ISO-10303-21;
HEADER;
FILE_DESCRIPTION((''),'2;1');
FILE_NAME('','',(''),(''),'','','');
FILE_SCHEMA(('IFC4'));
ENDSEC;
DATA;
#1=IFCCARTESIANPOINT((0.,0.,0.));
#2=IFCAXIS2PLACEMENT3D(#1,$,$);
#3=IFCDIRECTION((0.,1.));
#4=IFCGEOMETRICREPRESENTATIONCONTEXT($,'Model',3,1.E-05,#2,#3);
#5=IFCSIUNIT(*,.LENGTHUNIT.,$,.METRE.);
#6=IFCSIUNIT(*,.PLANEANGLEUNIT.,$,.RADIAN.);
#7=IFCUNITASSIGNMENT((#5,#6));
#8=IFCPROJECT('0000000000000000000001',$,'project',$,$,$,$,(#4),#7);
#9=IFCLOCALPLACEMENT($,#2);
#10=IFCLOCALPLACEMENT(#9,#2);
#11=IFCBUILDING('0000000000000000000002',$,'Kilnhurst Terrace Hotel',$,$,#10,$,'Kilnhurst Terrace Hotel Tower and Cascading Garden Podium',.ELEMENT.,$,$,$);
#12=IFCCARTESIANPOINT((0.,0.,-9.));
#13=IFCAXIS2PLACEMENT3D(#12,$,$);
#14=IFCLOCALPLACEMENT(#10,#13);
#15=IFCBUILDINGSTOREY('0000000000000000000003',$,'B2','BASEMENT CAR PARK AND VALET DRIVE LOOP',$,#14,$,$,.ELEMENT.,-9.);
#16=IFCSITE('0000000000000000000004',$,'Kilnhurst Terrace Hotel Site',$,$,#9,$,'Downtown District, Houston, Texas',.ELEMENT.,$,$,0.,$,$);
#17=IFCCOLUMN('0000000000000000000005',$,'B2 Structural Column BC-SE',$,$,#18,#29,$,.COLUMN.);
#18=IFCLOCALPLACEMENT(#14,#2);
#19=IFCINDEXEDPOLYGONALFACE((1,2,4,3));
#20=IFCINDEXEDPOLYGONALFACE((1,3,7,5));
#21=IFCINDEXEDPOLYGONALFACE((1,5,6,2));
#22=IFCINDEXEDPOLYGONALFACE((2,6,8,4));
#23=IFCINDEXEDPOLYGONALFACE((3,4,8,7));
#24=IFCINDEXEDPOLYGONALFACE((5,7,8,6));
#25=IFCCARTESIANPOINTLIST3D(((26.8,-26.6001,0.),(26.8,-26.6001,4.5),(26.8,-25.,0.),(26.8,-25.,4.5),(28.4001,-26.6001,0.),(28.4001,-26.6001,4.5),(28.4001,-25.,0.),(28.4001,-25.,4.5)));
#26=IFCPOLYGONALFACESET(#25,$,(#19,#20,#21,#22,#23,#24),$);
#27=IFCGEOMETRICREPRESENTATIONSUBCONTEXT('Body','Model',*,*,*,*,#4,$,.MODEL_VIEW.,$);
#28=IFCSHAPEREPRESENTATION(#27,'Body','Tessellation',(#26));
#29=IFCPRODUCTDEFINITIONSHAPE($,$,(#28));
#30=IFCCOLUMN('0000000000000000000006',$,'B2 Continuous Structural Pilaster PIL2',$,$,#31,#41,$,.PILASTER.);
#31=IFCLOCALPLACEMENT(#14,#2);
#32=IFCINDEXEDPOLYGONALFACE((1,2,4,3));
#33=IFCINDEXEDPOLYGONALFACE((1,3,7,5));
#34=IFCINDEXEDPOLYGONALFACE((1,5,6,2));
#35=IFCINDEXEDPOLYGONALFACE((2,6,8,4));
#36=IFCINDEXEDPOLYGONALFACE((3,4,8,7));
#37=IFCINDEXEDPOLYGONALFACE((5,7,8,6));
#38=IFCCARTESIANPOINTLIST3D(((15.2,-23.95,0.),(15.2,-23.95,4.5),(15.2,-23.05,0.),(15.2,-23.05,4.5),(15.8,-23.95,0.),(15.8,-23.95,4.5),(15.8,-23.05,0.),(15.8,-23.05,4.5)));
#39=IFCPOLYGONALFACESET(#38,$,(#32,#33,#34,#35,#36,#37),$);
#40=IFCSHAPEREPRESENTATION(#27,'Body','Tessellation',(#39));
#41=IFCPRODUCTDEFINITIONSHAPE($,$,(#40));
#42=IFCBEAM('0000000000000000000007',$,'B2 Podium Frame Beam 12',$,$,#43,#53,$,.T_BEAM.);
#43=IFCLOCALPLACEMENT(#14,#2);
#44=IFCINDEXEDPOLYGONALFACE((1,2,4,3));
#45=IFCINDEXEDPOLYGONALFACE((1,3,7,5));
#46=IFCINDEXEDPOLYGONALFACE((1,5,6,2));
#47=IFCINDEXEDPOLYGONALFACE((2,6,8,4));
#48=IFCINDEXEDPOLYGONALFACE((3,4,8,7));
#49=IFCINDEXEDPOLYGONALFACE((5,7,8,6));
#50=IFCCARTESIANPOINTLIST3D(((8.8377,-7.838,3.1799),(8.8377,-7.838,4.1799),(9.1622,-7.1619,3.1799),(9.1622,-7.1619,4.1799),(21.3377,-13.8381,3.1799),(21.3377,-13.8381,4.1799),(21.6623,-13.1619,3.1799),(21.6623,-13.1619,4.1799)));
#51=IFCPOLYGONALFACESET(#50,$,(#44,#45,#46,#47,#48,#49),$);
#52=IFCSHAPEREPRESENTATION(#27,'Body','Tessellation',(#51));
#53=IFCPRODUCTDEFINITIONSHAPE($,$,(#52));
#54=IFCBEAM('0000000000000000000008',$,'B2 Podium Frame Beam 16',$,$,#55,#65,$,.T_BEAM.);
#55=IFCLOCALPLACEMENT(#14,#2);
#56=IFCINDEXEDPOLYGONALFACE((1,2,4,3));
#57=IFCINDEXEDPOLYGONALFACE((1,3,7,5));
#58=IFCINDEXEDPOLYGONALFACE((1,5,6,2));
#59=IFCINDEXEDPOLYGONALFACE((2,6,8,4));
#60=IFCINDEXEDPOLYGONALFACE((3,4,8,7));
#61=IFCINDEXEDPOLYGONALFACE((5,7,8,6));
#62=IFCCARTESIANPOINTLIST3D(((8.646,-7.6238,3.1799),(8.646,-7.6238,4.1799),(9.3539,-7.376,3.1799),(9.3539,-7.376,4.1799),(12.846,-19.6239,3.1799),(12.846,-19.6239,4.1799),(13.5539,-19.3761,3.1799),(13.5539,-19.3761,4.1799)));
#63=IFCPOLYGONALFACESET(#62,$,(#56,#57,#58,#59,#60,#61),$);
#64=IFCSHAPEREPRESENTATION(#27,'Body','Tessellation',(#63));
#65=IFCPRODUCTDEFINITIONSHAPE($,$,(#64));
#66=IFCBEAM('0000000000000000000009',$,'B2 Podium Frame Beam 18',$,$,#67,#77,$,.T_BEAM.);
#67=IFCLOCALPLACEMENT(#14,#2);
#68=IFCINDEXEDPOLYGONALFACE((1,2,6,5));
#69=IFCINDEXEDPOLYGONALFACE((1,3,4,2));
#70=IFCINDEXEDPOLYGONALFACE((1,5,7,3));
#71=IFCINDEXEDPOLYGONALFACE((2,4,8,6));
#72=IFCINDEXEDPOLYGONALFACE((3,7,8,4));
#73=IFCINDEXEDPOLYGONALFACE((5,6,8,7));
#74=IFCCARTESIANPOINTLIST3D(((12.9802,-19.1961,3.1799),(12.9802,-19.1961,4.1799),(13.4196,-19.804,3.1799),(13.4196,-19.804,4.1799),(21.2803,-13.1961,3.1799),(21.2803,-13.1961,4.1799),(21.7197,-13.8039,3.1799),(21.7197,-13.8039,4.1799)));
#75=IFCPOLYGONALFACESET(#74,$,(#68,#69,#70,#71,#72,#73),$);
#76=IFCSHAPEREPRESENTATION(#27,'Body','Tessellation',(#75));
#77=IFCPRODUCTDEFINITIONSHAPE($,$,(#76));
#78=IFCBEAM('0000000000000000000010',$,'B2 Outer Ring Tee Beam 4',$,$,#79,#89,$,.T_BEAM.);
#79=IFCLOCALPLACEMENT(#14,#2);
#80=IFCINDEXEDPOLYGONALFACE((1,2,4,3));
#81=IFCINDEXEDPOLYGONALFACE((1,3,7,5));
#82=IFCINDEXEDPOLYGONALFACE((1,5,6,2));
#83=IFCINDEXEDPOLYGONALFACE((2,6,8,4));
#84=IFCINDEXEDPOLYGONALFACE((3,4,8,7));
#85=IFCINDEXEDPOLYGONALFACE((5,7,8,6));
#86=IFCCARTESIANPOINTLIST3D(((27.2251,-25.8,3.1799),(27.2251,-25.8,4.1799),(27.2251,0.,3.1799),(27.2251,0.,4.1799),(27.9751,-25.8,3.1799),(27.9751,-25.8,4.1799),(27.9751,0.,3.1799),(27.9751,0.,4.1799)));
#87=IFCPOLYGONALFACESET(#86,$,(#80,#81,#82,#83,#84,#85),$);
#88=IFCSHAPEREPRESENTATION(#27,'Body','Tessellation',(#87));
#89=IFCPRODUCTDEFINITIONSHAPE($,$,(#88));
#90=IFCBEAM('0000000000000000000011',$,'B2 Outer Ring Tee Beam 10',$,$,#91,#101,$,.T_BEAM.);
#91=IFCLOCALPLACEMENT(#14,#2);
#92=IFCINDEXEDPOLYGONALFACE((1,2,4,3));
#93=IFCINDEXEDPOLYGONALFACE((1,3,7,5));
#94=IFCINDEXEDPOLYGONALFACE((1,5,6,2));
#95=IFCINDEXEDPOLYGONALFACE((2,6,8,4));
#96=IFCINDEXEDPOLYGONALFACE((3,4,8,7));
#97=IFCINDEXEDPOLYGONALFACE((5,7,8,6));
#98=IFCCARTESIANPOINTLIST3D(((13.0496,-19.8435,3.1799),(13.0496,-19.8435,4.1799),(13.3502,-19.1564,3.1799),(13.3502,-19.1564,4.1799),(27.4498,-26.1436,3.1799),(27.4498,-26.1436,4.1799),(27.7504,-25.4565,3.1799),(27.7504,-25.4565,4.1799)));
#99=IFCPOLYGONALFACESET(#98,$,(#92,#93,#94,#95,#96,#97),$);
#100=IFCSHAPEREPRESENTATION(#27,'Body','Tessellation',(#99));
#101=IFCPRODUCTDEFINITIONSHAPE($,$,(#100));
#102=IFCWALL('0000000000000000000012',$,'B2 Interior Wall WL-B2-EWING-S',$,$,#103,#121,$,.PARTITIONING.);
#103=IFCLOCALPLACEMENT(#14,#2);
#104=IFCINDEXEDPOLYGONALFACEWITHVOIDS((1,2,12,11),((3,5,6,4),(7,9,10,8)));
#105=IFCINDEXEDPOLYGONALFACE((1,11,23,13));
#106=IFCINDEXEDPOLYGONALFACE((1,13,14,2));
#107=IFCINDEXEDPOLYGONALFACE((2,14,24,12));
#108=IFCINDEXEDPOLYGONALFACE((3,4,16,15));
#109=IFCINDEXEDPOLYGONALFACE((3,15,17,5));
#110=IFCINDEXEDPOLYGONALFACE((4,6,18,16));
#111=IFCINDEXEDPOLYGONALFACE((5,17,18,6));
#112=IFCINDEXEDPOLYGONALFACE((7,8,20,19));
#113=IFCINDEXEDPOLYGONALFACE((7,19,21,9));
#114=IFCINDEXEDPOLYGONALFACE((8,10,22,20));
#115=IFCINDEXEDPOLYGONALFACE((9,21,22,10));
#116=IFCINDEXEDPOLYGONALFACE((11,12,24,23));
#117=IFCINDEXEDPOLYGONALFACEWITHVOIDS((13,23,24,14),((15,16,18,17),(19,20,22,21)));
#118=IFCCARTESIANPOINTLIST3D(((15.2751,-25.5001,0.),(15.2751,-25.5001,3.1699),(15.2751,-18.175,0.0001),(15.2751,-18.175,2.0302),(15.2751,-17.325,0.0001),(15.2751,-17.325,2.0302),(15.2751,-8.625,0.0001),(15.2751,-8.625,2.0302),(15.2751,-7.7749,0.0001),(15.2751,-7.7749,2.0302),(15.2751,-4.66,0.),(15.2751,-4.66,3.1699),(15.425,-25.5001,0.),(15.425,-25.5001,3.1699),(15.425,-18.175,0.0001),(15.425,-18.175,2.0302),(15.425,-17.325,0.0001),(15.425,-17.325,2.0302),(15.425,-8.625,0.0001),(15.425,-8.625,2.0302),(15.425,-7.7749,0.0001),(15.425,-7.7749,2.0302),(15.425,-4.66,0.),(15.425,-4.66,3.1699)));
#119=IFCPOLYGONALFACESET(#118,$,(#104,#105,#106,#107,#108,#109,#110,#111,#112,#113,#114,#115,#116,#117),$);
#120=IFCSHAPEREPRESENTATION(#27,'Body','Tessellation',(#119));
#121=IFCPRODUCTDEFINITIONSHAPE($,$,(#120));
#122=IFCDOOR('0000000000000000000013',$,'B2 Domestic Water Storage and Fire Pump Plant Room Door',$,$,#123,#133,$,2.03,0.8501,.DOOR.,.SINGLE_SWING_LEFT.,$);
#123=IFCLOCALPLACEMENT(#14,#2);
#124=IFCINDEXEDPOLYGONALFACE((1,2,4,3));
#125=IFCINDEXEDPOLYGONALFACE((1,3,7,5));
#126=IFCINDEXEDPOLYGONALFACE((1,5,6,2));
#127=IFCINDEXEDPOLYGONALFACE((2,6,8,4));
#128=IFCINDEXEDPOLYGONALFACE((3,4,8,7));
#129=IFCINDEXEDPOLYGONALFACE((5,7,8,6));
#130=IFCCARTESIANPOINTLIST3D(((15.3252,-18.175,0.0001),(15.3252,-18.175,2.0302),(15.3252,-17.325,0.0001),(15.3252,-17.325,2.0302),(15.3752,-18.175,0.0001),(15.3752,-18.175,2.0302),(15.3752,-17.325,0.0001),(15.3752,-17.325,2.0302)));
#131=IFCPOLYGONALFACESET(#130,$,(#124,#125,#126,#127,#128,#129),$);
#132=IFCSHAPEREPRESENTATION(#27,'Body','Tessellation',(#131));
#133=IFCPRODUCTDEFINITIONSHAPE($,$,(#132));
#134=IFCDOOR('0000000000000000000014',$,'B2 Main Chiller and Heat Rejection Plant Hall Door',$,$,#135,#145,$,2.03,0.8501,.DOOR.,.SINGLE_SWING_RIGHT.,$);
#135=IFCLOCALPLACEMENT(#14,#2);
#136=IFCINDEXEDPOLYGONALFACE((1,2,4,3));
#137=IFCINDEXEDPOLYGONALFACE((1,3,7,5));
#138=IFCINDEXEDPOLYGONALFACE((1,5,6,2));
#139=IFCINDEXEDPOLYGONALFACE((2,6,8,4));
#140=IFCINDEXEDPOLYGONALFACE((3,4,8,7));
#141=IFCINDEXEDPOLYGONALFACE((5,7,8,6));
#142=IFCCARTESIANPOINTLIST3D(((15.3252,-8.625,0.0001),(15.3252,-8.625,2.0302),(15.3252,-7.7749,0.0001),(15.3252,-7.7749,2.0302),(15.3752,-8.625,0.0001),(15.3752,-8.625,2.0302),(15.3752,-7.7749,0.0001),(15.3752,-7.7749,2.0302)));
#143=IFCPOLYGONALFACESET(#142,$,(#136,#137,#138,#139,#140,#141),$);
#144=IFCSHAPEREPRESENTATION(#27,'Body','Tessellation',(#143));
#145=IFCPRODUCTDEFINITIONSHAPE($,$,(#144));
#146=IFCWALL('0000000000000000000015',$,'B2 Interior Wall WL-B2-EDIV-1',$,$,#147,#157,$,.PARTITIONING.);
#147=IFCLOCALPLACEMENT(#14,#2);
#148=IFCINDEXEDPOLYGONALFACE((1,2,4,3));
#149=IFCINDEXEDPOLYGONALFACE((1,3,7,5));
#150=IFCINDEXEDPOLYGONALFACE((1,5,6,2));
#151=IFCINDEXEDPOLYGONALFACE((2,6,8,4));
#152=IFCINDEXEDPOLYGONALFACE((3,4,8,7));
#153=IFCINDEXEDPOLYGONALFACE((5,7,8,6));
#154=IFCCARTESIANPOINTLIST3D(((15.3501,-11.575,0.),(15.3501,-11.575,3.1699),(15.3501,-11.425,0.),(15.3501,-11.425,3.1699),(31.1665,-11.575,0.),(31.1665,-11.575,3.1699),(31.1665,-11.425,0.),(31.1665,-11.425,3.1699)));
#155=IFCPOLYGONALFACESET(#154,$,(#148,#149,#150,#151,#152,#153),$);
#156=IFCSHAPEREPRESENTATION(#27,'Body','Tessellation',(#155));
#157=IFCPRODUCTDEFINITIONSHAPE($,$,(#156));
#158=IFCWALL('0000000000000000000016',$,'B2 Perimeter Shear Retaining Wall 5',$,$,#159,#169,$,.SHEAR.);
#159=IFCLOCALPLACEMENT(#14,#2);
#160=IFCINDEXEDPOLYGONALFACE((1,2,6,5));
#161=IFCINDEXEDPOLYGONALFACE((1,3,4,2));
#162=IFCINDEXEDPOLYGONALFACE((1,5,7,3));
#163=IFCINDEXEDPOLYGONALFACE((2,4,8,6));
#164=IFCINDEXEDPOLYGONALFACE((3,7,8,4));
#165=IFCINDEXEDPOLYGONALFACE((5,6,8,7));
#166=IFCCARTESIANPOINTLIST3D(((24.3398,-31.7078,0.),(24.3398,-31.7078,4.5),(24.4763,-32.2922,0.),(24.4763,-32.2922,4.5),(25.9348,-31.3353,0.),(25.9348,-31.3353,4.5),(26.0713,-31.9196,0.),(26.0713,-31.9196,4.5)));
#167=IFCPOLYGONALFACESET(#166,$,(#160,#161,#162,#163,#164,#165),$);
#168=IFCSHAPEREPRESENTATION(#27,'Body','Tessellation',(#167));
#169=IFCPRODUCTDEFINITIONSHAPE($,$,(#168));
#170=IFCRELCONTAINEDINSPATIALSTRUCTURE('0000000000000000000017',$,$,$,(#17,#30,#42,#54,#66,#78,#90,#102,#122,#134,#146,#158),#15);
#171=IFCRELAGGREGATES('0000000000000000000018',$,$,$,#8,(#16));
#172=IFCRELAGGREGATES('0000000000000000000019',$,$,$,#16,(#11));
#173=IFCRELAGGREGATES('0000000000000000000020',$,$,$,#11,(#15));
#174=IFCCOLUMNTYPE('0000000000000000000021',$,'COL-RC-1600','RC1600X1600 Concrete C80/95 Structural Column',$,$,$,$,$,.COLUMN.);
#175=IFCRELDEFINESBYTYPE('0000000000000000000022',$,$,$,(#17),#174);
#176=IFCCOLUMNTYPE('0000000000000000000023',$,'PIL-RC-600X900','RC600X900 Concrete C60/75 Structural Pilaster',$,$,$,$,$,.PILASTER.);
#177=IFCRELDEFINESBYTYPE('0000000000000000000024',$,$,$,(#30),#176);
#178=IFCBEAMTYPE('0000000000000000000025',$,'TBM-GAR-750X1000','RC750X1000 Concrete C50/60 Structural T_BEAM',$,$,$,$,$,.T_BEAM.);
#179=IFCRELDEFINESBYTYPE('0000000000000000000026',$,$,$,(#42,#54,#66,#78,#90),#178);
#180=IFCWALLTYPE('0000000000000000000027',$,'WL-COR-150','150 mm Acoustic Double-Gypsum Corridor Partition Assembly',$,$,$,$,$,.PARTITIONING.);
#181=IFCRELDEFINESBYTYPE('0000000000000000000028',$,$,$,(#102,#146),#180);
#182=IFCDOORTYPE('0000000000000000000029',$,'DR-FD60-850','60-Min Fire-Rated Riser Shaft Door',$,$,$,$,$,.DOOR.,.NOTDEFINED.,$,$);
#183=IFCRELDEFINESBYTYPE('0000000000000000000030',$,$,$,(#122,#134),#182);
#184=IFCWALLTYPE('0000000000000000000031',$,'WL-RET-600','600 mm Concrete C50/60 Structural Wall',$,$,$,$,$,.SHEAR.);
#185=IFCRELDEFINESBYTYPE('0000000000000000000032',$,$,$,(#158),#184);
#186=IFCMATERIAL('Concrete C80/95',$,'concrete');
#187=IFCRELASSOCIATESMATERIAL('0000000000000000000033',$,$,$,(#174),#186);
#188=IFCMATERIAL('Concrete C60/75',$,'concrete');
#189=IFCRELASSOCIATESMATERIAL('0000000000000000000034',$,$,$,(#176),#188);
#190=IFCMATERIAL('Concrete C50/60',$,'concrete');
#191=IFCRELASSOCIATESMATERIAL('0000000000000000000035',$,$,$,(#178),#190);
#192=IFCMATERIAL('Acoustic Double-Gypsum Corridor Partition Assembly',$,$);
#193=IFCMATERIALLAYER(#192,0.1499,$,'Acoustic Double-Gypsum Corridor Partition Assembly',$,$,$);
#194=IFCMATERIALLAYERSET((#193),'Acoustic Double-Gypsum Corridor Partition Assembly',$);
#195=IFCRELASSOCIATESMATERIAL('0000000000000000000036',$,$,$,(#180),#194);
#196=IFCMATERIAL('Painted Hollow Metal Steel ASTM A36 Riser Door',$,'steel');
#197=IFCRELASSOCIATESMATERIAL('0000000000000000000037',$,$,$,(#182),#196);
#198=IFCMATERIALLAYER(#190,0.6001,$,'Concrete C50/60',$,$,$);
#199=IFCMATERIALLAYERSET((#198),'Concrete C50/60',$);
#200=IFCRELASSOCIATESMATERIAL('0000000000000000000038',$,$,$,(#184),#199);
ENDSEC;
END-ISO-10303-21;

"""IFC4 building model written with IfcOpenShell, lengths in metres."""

from ifc_helpers import new_model, si_unit, direction, frame, frame_2d, origin, origin_2d, place, context, subcontext, project, spatial, rectangle, extrude, material, layer, layer_set, material_profile, profile_set, type_object, element, fill, save


model = new_model("IFC4")

# Units and contexts
model_context = context("Model", 3, precision=1e-05, world=origin(), true_north=direction((0.0, 1.0)))
body_context = subcontext(model_context, "Body", "Model", "MODEL_VIEW")
ifc_project = project(units=[si_unit("LENGTHUNIT", "METRE"), si_unit("PLANEANGLEUNIT", "RADIAN")], contexts=[model_context])

# Site, building, storey
site_placement = place(None, origin())
site = spatial("IfcSite", under=ifc_project, at=site_placement, Name="Kilnhurst Terrace Hotel Site", LongName="Downtown District, Houston, Texas", CompositionType="ELEMENT", RefElevation=0.0)
building_placement = place(site_placement, origin())
building = spatial("IfcBuilding", under=site, at=building_placement, Name="Kilnhurst Terrace Hotel", LongName="Kilnhurst Terrace Hotel Tower and Cascading Garden Podium", CompositionType="ELEMENT")
storey_placement = place(building_placement, frame((0.0, 0.0, -9.0)))
storey = spatial("IfcBuildingStorey", under=building, at=storey_placement, Name="B2", Description="BASEMENT CAR PARK AND VALET DRIVE LOOP", CompositionType="ELEMENT", Elevation=-9.0)

# Shared definitions
ifc_material_1 = material(Name="Concrete C50/60", Category="concrete")

# Columns
ifc_material_2 = material(Name="Concrete C80/95", Category="concrete")
ifc_material_profile_1 = material_profile(ifc_material_2, rectangle(XDim=1.6001, YDim=1.6001, at=origin_2d()), Name="RC1600X1600")
ifc_profile_set_1 = profile_set([ifc_material_profile_1], Name="Concrete C80/95")
column_type_1 = type_object("IfcColumnType", Name="COL-RC-1600", Description="RC1600X1600 Concrete C80/95 Structural Column", PredefinedType="COLUMN", material=ifc_profile_set_1)
for number, where, z_axis, x_axis, name in (
    (1, (27.6001, -25.8, 0.0), (0.0, 0.0, 1.0), (1.0, 0.0, 0.0), "B2 Structural Column BC-SE"),
):
    element("IfcColumn", number, at=place(storey_placement, frame(where, z_axis=z_axis, x_axis=x_axis)), inside=storey, type_object=column_type_1, Name=name, PredefinedType="COLUMN", context=body_context, shape_type="SweptSolid", body=[
        extrude(rectangle(XDim=1.6001, YDim=1.6001, at=origin_2d()), origin(), (0.0, 0.0, 1.0), 4.5),
    ])
ifc_material_3 = material(Name="Concrete C60/75", Category="concrete")
ifc_material_profile_2 = material_profile(ifc_material_3, rectangle(XDim=0.6001, YDim=0.8999, at=origin_2d()), Name="RC600X900")
ifc_profile_set_2 = profile_set([ifc_material_profile_2], Name="Concrete C60/75")
column_type_2 = type_object("IfcColumnType", Name="PIL-RC-600X900", Description="RC600X900 Concrete C60/75 Structural Pilaster", PredefinedType="PILASTER", material=ifc_profile_set_2)
column_placement = place(storey_placement, frame((15.5, -23.5, 0.0), z_axis=(0.0, 0.0, 1.0), x_axis=(1.0, 0.0, 0.0)))
element("IfcColumn", 2, at=column_placement, inside=storey, type_object=column_type_2, Name="B2 Continuous Structural Pilaster PIL2", PredefinedType="PILASTER", context=body_context, shape_type="SweptSolid", body=[
    extrude(rectangle(XDim=0.6001, YDim=0.8999, at=origin_2d()), origin(), (0.0, 0.0, 1.0), 4.5),
])

# Beams
ifc_material_profile_3 = material_profile(ifc_material_1, rectangle(XDim=0.75, YDim=1.0, at=origin_2d()), Name="RC750X1000")
ifc_profile_set_3 = profile_set([ifc_material_profile_3], Name="Concrete C50/60")
beam_type = type_object("IfcBeamType", Name="TBM-GAR-750X1000", Description="RC750X1000 Concrete C50/60 Structural T_BEAM", PredefinedType="T_BEAM", material=ifc_profile_set_3)
beam_1_placement = place(storey_placement, frame((21.5, -13.5, 3.6799), z_axis=(-0.901523, 0.432731, 0.0), x_axis=(-0.432731, -0.901523, 0.0)))
element("IfcBeam", 3, at=beam_1_placement, inside=storey, type_object=beam_type, Name="B2 Podium Frame Beam 12", PredefinedType="T_BEAM", context=body_context, shape_type="SweptSolid", body=[
    extrude(rectangle(XDim=0.75, YDim=1.0, at=origin_2d()), origin(), (0.0, 0.0, 1.0), 13.8655),
])
beam_2_placement = place(storey_placement, frame((13.2, -19.5, 3.6799), z_axis=(-0.330347, 0.94386, 0.0), x_axis=(-0.94386, -0.330347, 0.0)))
element("IfcBeam", 4, at=beam_2_placement, inside=storey, type_object=beam_type, Name="B2 Podium Frame Beam 16", PredefinedType="T_BEAM", context=body_context, shape_type="SweptSolid", body=[
    extrude(rectangle(XDim=0.75, YDim=1.0, at=origin_2d()), origin(), (0.0, 0.0, 1.0), 12.7139),
])
beam_3_placement = place(storey_placement, frame((21.5, -13.5, 3.6799), z_axis=(-0.810423, -0.585845, 0.0), x_axis=(0.585845, -0.810423, 0.0)))
element("IfcBeam", 5, at=beam_3_placement, inside=storey, type_object=beam_type, Name="B2 Podium Frame Beam 18", PredefinedType="T_BEAM", context=body_context, shape_type="SweptSolid", body=[
    extrude(rectangle(XDim=0.75, YDim=1.0, at=origin_2d()), origin(), (0.0, 0.0, 1.0), 10.2417),
])
beam_4_placement = place(storey_placement, frame((27.6001, -25.8, 3.6799), z_axis=(0.0, 1.0, 0.0), x_axis=(-1.0, 0.0, 0.0)))
element("IfcBeam", 6, at=beam_4_placement, inside=storey, type_object=beam_type, Name="B2 Outer Ring Tee Beam 4", PredefinedType="T_BEAM", context=body_context, shape_type="SweptSolid", body=[
    extrude(rectangle(XDim=0.75, YDim=1.0, at=origin_2d()), origin(), (0.0, 0.0, 1.0), 25.8),
])
beam_5_placement = place(storey_placement, frame((27.6001, -25.8, 3.6799), z_axis=(-0.916158, 0.400818, 0.0), x_axis=(-0.400818, -0.916158, 0.0)))
element("IfcBeam", 7, at=beam_5_placement, inside=storey, type_object=beam_type, Name="B2 Outer Ring Tee Beam 10", PredefinedType="T_BEAM", context=body_context, shape_type="SweptSolid", body=[
    extrude(rectangle(XDim=0.75, YDim=1.0, at=origin_2d()), origin(), (0.0, 0.0, 1.0), 15.718),
])

# Wall, openings, doors
ifc_material_4 = material(Name="Acoustic Double-Gypsum Corridor Partition Assembly")
ifc_layer_1 = layer(ifc_material_4, 0.1499, Name="Acoustic Double-Gypsum Corridor Partition Assembly")
ifc_layer_set_1 = layer_set([ifc_layer_1], Name="Acoustic Double-Gypsum Corridor Partition Assembly")
wall_type_1 = type_object("IfcWallType", Name="WL-COR-150", Description="150 mm Acoustic Double-Gypsum Corridor Partition Assembly", PredefinedType="PARTITIONING", material=ifc_layer_set_1)
wall_1_placement = place(storey_placement, frame((15.3501, -25.5, 0.0), z_axis=(0.0, 0.0, 1.0), x_axis=(0.0, 1.0, 0.0)))
wall_1 = element("IfcWall", 8, at=wall_1_placement, inside=storey, type_object=wall_type_1, Name="B2 Interior Wall WL-B2-EWING-S", PredefinedType="PARTITIONING", context=body_context, shape_type="SweptSolid", body=[
    extrude(rectangle(XDim=20.8401, YDim=0.1499, at=frame_2d((10.4199, 0.0))), origin(), (0.0, 0.0, 1.0), 3.1699),
])
opening_1_placement = place(wall_1_placement, frame((7.325, 0.0, 0.0)))
opening_1 = element("IfcOpeningElement", 9, at=opening_1_placement, cuts=wall_1, PredefinedType="OPENING", context=body_context, shape_type="SweptSolid", body=[
    extrude(rectangle(XDim=0.8501, YDim=2.03, at=frame_2d((0.425, 1.0151))), frame((0.0, 0.085, 0.0), z_axis=(0.0, -1.0, 0.0), x_axis=(1.0, 0.0, 0.0)), (0.0, 0.0, 1.0), 0.1699),
])
opening_2_placement = place(wall_1_placement, frame((16.875, 0.0, 0.0)))
opening_2 = element("IfcOpeningElement", 10, at=opening_2_placement, cuts=wall_1, PredefinedType="OPENING", context=body_context, shape_type="SweptSolid", body=[
    extrude(rectangle(XDim=0.8501, YDim=2.03, at=frame_2d((0.425, 1.0151))), frame((0.0, 0.085, 0.0), z_axis=(0.0, -1.0, 0.0), x_axis=(1.0, 0.0, 0.0)), (0.0, 0.0, 1.0), 0.1699),
])
ifc_material_5 = material(Name="Painted Hollow Metal Steel ASTM A36 Riser Door", Category="steel")
door_type = type_object("IfcDoorType", Name="DR-FD60-850", Description="60-Min Fire-Rated Riser Shaft Door", OperationType="NOTDEFINED", PredefinedType="DOOR", material=ifc_material_5)
door_1_placement = place(opening_1_placement, origin())
door_1 = element("IfcDoor", 11, at=door_1_placement, inside=storey, type_object=door_type, Name="B2 Domestic Water Storage and Fire Pump Plant Room Door", OperationType="SINGLE_SWING_LEFT", OverallHeight=2.03, OverallWidth=0.8501, PredefinedType="DOOR", context=body_context, shape_type="SweptSolid", body=[
    extrude(rectangle(XDim=0.8501, YDim=2.03, at=frame_2d((0.425, 1.0151))), frame((0.0, 0.0249, 0.0), z_axis=(0.0, -1.0, 0.0), x_axis=(1.0, 0.0, 0.0)), (0.0, 0.0, 1.0), 0.05),
])
fill(opening_1, door_1)
door_2_placement = place(opening_2_placement, origin())
door_2 = element("IfcDoor", 12, at=door_2_placement, inside=storey, type_object=door_type, Name="B2 Main Chiller and Heat Rejection Plant Hall Door", OperationType="SINGLE_SWING_RIGHT", OverallHeight=2.03, OverallWidth=0.8501, PredefinedType="DOOR", context=body_context, shape_type="SweptSolid", body=[
    extrude(rectangle(XDim=0.8501, YDim=2.03, at=frame_2d((0.425, 1.0151))), frame((0.0, 0.0249, 0.0), z_axis=(0.0, -1.0, 0.0), x_axis=(1.0, 0.0, 0.0)), (0.0, 0.0, 1.0), 0.05),
])
fill(opening_2, door_2)

# Walls
wall_2_placement = place(storey_placement, frame((15.3501, -11.5, 0.0), z_axis=(0.0, 0.0, 1.0), x_axis=(1.0, 0.0, 0.0)))
element("IfcWall", 13, at=wall_2_placement, inside=storey, type_object=wall_type_1, Name="B2 Interior Wall WL-B2-EDIV-1", PredefinedType="PARTITIONING", context=body_context, shape_type="SweptSolid", body=[
    extrude(rectangle(XDim=15.8164, YDim=0.1499, at=frame_2d((7.9082, 0.0))), origin(), (0.0, 0.0, 1.0), 3.1699),
])
ifc_layer_2 = layer(ifc_material_1, 0.6001, Name="Concrete C50/60")
ifc_layer_set_2 = layer_set([ifc_layer_2], Name="Concrete C50/60")
wall_type_2 = type_object("IfcWallType", Name="WL-RET-600", Description="600 mm Concrete C50/60 Structural Wall", PredefinedType="SHEAR", material=ifc_layer_set_2)
wall_3_placement = place(storey_placement, frame((24.4082, -32.0, 0.0), z_axis=(0.0, 0.0, 1.0), x_axis=(0.973787, 0.22746, 0.0)))
element("IfcWall", 14, at=wall_3_placement, inside=storey, type_object=wall_type_2, Name="B2 Perimeter Shear Retaining Wall 5", PredefinedType="SHEAR", context=body_context, shape_type="SweptSolid", body=[
    extrude(rectangle(XDim=1.6379, YDim=0.6001, at=frame_2d((0.8188, 0.0))), origin(), (0.0, 0.0, 1.0), 4.5),
])

save(model, "model.ifc")
